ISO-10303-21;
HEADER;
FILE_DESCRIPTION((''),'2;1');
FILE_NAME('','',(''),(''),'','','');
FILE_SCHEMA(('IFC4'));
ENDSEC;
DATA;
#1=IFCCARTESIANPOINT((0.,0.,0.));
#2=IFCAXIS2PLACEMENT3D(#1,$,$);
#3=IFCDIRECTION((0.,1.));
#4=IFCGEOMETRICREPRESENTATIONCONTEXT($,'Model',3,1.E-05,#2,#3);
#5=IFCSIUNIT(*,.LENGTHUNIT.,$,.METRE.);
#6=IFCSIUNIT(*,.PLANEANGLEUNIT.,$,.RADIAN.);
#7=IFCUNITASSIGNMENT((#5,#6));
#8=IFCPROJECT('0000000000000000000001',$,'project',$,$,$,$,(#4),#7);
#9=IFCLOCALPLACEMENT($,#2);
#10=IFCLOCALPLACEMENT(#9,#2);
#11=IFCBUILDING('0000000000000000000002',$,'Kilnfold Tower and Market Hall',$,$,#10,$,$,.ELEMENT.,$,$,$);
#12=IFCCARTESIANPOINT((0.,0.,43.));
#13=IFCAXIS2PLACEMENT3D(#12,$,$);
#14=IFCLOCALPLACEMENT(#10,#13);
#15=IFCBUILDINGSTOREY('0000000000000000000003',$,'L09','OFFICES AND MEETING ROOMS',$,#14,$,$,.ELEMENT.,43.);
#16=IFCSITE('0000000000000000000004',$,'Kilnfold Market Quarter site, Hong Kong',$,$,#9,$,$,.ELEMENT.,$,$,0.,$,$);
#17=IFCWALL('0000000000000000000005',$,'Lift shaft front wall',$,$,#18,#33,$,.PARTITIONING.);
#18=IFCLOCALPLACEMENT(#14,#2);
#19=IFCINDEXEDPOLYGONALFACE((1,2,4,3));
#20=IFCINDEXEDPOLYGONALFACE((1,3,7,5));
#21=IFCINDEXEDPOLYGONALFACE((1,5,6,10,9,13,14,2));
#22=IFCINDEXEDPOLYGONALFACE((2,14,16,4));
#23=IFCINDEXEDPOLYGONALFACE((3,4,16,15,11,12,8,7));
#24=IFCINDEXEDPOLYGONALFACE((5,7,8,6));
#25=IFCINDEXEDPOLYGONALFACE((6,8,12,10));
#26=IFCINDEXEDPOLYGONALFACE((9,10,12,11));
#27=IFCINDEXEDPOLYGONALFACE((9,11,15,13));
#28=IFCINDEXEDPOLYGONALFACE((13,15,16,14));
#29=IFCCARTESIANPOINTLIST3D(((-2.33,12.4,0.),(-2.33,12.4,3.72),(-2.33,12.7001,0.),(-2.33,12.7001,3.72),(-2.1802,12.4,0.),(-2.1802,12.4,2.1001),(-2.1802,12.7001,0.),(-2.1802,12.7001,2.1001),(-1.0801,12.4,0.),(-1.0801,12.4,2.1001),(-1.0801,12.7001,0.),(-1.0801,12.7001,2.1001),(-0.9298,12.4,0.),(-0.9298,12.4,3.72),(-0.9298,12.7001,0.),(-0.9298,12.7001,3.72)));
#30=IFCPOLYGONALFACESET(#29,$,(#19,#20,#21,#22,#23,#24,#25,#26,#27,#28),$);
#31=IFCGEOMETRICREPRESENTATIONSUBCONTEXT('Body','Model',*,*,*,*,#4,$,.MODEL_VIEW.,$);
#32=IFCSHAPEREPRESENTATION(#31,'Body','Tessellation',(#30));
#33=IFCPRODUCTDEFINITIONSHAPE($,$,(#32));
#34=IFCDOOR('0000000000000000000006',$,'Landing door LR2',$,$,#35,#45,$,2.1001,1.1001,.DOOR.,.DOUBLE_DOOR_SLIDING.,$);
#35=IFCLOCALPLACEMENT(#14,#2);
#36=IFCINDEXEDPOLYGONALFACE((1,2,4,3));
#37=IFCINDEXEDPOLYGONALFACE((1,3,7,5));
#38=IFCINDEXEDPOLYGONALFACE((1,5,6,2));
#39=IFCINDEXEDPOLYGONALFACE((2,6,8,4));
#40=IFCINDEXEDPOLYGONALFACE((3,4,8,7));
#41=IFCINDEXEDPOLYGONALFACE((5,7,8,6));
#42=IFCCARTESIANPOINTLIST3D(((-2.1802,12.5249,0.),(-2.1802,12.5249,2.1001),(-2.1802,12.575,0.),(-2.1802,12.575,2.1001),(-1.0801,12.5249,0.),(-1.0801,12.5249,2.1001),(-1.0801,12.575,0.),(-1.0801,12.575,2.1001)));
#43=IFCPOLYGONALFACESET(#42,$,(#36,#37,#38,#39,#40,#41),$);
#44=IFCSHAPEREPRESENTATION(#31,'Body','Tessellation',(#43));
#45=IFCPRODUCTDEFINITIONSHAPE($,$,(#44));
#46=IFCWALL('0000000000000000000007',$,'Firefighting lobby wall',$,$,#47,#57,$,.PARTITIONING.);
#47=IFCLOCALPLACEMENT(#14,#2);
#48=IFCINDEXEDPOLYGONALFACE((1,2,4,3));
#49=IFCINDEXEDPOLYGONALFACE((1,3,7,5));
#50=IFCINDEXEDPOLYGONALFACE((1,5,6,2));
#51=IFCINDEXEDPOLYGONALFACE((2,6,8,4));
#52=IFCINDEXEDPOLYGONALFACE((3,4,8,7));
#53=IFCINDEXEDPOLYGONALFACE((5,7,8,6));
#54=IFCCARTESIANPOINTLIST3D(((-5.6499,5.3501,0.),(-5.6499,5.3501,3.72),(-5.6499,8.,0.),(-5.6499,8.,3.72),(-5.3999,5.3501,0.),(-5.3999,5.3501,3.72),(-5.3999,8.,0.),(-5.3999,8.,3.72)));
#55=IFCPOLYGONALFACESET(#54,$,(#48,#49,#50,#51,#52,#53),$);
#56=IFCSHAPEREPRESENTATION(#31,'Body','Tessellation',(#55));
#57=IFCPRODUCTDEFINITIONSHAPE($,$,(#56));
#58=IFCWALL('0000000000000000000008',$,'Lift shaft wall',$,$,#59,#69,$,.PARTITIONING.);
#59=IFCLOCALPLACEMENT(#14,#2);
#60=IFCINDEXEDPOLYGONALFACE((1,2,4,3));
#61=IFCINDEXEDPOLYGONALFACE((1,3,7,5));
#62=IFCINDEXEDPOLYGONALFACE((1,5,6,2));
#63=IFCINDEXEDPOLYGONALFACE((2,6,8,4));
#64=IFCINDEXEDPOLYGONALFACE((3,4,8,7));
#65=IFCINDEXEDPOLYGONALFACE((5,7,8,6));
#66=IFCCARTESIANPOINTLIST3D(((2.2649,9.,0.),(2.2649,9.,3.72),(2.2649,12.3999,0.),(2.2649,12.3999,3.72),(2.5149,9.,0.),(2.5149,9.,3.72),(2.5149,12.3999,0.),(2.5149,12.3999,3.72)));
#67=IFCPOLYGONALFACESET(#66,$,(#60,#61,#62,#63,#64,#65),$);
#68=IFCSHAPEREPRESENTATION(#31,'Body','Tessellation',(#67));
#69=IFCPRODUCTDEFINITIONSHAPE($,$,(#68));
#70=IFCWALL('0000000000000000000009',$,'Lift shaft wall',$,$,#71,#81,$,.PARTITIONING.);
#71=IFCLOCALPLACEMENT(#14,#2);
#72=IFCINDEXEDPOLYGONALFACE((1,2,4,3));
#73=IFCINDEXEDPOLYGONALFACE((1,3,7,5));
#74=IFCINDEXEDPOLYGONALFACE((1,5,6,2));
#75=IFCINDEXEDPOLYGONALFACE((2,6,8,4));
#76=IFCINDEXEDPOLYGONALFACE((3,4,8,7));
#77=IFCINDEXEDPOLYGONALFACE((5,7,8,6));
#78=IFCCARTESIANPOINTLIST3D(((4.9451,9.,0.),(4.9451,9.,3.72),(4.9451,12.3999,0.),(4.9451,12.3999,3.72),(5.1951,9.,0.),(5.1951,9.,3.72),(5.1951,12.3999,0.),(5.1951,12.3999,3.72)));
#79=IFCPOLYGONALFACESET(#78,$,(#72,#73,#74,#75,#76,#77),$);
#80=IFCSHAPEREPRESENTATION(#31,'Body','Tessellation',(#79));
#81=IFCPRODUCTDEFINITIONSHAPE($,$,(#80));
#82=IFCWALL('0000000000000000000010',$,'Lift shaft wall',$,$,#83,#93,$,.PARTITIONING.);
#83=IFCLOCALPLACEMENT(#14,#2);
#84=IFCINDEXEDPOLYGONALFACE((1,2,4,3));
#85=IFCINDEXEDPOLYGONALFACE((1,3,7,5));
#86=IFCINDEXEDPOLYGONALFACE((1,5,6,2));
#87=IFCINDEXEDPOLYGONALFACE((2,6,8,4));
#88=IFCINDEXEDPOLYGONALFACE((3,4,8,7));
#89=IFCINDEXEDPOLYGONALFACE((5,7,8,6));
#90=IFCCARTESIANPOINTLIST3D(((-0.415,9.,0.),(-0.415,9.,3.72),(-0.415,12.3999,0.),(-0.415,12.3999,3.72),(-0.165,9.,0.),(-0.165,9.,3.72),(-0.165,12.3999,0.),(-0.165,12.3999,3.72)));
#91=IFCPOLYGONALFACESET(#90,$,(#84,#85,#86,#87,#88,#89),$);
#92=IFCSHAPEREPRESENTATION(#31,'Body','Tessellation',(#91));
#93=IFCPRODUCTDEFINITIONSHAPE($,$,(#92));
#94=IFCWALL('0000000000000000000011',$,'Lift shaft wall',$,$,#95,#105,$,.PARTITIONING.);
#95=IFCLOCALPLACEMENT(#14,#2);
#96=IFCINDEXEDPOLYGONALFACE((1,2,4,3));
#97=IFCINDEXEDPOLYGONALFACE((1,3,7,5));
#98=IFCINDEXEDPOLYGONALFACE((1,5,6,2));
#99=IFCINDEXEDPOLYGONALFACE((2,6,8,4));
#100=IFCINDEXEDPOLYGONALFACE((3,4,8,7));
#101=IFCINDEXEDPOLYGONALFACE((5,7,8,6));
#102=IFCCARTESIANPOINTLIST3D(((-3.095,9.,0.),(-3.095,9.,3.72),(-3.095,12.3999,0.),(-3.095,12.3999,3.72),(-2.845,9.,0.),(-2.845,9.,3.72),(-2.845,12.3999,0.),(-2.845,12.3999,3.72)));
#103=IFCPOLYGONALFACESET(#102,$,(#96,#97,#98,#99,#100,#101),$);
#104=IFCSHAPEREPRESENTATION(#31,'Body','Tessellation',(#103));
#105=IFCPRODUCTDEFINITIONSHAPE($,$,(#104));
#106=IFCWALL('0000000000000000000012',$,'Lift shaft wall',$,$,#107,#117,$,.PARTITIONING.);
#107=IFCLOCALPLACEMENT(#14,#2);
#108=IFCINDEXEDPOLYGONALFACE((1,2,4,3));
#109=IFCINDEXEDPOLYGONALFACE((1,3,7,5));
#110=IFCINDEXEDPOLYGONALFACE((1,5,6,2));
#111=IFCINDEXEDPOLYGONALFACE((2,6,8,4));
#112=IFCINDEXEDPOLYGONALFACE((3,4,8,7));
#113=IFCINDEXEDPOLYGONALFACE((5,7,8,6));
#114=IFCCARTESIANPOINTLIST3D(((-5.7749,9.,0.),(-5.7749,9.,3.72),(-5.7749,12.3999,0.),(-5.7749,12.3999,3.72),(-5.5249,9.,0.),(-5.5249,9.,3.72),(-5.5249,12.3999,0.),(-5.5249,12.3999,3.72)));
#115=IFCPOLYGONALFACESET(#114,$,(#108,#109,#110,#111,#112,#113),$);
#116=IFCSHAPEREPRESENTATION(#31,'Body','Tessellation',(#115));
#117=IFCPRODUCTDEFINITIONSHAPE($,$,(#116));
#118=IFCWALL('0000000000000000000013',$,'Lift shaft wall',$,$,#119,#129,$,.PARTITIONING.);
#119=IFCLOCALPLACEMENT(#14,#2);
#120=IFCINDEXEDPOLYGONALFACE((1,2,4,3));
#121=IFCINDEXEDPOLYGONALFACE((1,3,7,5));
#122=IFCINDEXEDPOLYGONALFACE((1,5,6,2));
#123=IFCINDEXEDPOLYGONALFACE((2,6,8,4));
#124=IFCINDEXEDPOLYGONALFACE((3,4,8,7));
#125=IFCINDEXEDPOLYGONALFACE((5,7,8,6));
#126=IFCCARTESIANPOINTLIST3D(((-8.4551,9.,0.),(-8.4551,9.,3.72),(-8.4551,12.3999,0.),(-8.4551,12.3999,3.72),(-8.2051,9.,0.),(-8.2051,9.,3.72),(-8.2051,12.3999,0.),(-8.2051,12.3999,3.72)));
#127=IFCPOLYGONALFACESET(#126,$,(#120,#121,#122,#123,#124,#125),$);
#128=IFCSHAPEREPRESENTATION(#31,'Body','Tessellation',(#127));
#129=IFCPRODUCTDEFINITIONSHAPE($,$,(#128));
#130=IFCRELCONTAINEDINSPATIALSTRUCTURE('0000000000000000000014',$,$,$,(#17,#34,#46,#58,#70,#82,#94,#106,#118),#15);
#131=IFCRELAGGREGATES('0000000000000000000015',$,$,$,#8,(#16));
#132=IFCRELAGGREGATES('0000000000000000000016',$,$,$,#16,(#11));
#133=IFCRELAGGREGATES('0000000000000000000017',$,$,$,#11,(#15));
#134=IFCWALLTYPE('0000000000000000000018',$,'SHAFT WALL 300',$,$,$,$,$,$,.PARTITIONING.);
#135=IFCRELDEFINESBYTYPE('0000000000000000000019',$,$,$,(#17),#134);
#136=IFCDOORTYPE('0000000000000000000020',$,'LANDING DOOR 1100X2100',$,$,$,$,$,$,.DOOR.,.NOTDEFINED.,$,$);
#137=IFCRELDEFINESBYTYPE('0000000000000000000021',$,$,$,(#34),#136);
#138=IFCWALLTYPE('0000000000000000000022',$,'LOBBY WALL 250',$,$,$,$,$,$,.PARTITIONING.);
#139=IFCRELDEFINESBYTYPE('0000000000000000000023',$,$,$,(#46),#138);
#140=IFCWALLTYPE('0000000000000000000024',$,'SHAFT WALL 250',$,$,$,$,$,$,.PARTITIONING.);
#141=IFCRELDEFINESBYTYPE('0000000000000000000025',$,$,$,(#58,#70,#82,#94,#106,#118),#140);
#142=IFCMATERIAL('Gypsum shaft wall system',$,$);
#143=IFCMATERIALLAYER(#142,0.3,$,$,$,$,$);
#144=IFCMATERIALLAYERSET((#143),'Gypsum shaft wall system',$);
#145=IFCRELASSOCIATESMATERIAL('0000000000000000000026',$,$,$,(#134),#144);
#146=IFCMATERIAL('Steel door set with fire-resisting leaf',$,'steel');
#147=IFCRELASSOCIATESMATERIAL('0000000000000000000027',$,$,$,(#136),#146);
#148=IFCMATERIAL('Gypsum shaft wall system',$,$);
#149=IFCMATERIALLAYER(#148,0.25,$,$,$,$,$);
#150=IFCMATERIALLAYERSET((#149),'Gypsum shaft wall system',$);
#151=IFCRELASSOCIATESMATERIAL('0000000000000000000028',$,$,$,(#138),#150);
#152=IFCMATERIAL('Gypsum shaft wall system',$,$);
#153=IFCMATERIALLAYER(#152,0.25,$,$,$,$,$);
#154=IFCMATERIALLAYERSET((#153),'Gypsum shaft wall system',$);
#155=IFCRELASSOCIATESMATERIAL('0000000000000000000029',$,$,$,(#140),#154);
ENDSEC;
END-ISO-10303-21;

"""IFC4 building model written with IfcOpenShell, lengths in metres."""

from ifc_helpers import new_model, si_unit, direction, frame, frame_2d, origin, place, context, subcontext, project, spatial, rectangle, extrude, source, transform, mapped, material, layer, layer_set, type_object, element, fill, save


model = new_model("IFC4")

# Units and contexts
model_context = context("Model", 3, precision=1e-05, world=origin(), true_north=direction((0.0, 1.0)))
body_context = subcontext(model_context, "Body", "Model", "MODEL_VIEW")
ifc_project = project(units=[si_unit("LENGTHUNIT", "METRE"), si_unit("PLANEANGLEUNIT", "RADIAN")], contexts=[model_context])

# Site, building, storey
site_placement = place(None, origin())
site = spatial("IfcSite", under=ifc_project, at=site_placement, Name="Kilnfold Market Quarter site, Hong Kong", CompositionType="ELEMENT", RefElevation=0.0)
building_placement = place(site_placement, origin())
building = spatial("IfcBuilding", under=site, at=building_placement, Name="Kilnfold Tower and Market Hall", CompositionType="ELEMENT")
storey_placement = place(building_placement, frame((0.0, 0.0, 43.0)))
storey = spatial("IfcBuildingStorey", under=building, at=storey_placement, Name="L09", Description="OFFICES AND MEETING ROOMS", CompositionType="ELEMENT", Elevation=43.0)

# Wall, opening, door
ifc_material_1 = material(Name="Gypsum shaft wall system")
ifc_layer_1 = layer(ifc_material_1, 0.3)
ifc_layer_set_1 = layer_set([ifc_layer_1], Name="Gypsum shaft wall system")
wall_type_1 = type_object("IfcWallType", Name="SHAFT WALL 300", PredefinedType="PARTITIONING", material=ifc_layer_set_1)
ifc_material_2 = material(Name="Steel door set with fire-resisting leaf", Category="steel")
door_type_1 = type_object("IfcDoorType", Name="LANDING DOOR 1100X2100", OperationType="NOTDEFINED", PredefinedType="DOOR", material=ifc_material_2)
shared_shape_1 = source(origin(), body_context, "Body", "SweptSolid", [
    extrude(rectangle(XDim=1.4001, YDim=0.3, at=frame_2d((0.7002, 0.0))), origin(), (0.0, 0.0, 1.0), 3.72),
])
wall_1_placement = place(storey_placement, frame((-2.3301, 12.55, 0.0), z_axis=(0.0, 0.0, 1.0), x_axis=(1.0, 0.0, 0.0)))
wall_1 = element("IfcWall", 1, at=wall_1_placement, inside=storey, type_object=wall_type_1, Name="Lift shaft front wall", PredefinedType="PARTITIONING", context=body_context, shape_type="MappedRepresentation", body=[
    mapped(shared_shape_1, transform((0.0, 0.0, 0.0))),
])
opening_1_placement = place(wall_1_placement, frame((0.1499, 0.0, 0.0)))
opening_1 = element("IfcOpeningElement", 2, at=opening_1_placement, cuts=wall_1, PredefinedType="OPENING", context=body_context, shape_type="SweptSolid", body=[
    extrude(rectangle(XDim=1.1001, YDim=2.1001, at=frame_2d((0.55, 1.05))), frame((0.0, 0.1602, 0.0), z_axis=(0.0, -1.0, 0.0), x_axis=(1.0, 0.0, 0.0)), (0.0, 0.0, 1.0), 0.3201),
])
door_1_placement = place(opening_1_placement, origin())
door_1 = element("IfcDoor", 3, at=door_1_placement, inside=storey, type_object=door_type_1, Name="Landing door LR2", OperationType="DOUBLE_DOOR_SLIDING", OverallHeight=2.1001, OverallWidth=1.1001, PredefinedType="DOOR", context=body_context, shape_type="SweptSolid", body=[
    extrude(rectangle(XDim=1.1001, YDim=2.1001, at=frame_2d((0.55, 1.05))), frame((0.0, 0.0249, 0.0), z_axis=(0.0, -1.0, 0.0), x_axis=(1.0, 0.0, 0.0)), (0.0, 0.0, 1.0), 0.05),
])
fill(opening_1, door_1)

# Walls
ifc_material_3 = material(Name="Gypsum shaft wall system")
ifc_layer_2 = layer(ifc_material_3, 0.25)
ifc_layer_set_2 = layer_set([ifc_layer_2], Name="Gypsum shaft wall system")
wall_type_2 = type_object("IfcWallType", Name="LOBBY WALL 250", PredefinedType="PARTITIONING", material=ifc_layer_set_2)
shared_shape_2 = source(origin(), body_context, "Body", "SweptSolid", [
    extrude(rectangle(XDim=2.6499, YDim=0.25, at=frame_2d((1.325, 0.0))), origin(), (0.0, 0.0, 1.0), 3.72),
])
wall_2_placement = place(storey_placement, frame((-5.5249, 5.3501, 0.0), z_axis=(0.0, 0.0, 1.0), x_axis=(0.0, 1.0, 0.0)))
element("IfcWall", 4, at=wall_2_placement, inside=storey, type_object=wall_type_2, Name="Firefighting lobby wall", PredefinedType="PARTITIONING", context=body_context, shape_type="MappedRepresentation", body=[
    mapped(shared_shape_2, transform((0.0, 0.0, 0.0))),
])
ifc_material_4 = material(Name="Gypsum shaft wall system")
ifc_layer_3 = layer(ifc_material_4, 0.25)
ifc_layer_set_3 = layer_set([ifc_layer_3], Name="Gypsum shaft wall system")
wall_type_3 = type_object("IfcWallType", Name="SHAFT WALL 250", PredefinedType="PARTITIONING", material=ifc_layer_set_3)
shared_shape_3 = source(origin(), body_context, "Body", "SweptSolid", [
    extrude(rectangle(XDim=3.3999, YDim=0.25, at=frame_2d((1.7, 0.0))), origin(), (0.0, 0.0, 1.0), 3.72),
])
for number, where, z_axis, x_axis, name in (
    (5, (2.3899, 9.0, 0.0), (0.0, 0.0, 1.0), (0.0, 1.0, 0.0), "Lift shaft wall"),
    (6, (5.0701, 9.0, 0.0), (0.0, 0.0, 1.0), (0.0, 1.0, 0.0), "Lift shaft wall"),
    (7, (-0.29, 9.0, 0.0), (0.0, 0.0, 1.0), (0.0, 1.0, 0.0), "Lift shaft wall"),
    (8, (-2.97, 9.0, 0.0), (0.0, 0.0, 1.0), (0.0, 1.0, 0.0), "Lift shaft wall"),
    (9, (-5.6499, 9.0, 0.0), (0.0, 0.0, 1.0), (0.0, 1.0, 0.0), "Lift shaft wall"),
    (10, (-8.3301, 9.0, 0.0), (0.0, 0.0, 1.0), (0.0, 1.0, 0.0), "Lift shaft wall"),
):
    element("IfcWall", number, at=place(storey_placement, frame(where, z_axis=z_axis, x_axis=x_axis)), inside=storey, type_object=wall_type_3, Name=name, PredefinedType="PARTITIONING", context=body_context, shape_type="MappedRepresentation", body=[
        mapped(shared_shape_3, transform((0.0, 0.0, 0.0))),
    ])

save(model, "model.ifc")
